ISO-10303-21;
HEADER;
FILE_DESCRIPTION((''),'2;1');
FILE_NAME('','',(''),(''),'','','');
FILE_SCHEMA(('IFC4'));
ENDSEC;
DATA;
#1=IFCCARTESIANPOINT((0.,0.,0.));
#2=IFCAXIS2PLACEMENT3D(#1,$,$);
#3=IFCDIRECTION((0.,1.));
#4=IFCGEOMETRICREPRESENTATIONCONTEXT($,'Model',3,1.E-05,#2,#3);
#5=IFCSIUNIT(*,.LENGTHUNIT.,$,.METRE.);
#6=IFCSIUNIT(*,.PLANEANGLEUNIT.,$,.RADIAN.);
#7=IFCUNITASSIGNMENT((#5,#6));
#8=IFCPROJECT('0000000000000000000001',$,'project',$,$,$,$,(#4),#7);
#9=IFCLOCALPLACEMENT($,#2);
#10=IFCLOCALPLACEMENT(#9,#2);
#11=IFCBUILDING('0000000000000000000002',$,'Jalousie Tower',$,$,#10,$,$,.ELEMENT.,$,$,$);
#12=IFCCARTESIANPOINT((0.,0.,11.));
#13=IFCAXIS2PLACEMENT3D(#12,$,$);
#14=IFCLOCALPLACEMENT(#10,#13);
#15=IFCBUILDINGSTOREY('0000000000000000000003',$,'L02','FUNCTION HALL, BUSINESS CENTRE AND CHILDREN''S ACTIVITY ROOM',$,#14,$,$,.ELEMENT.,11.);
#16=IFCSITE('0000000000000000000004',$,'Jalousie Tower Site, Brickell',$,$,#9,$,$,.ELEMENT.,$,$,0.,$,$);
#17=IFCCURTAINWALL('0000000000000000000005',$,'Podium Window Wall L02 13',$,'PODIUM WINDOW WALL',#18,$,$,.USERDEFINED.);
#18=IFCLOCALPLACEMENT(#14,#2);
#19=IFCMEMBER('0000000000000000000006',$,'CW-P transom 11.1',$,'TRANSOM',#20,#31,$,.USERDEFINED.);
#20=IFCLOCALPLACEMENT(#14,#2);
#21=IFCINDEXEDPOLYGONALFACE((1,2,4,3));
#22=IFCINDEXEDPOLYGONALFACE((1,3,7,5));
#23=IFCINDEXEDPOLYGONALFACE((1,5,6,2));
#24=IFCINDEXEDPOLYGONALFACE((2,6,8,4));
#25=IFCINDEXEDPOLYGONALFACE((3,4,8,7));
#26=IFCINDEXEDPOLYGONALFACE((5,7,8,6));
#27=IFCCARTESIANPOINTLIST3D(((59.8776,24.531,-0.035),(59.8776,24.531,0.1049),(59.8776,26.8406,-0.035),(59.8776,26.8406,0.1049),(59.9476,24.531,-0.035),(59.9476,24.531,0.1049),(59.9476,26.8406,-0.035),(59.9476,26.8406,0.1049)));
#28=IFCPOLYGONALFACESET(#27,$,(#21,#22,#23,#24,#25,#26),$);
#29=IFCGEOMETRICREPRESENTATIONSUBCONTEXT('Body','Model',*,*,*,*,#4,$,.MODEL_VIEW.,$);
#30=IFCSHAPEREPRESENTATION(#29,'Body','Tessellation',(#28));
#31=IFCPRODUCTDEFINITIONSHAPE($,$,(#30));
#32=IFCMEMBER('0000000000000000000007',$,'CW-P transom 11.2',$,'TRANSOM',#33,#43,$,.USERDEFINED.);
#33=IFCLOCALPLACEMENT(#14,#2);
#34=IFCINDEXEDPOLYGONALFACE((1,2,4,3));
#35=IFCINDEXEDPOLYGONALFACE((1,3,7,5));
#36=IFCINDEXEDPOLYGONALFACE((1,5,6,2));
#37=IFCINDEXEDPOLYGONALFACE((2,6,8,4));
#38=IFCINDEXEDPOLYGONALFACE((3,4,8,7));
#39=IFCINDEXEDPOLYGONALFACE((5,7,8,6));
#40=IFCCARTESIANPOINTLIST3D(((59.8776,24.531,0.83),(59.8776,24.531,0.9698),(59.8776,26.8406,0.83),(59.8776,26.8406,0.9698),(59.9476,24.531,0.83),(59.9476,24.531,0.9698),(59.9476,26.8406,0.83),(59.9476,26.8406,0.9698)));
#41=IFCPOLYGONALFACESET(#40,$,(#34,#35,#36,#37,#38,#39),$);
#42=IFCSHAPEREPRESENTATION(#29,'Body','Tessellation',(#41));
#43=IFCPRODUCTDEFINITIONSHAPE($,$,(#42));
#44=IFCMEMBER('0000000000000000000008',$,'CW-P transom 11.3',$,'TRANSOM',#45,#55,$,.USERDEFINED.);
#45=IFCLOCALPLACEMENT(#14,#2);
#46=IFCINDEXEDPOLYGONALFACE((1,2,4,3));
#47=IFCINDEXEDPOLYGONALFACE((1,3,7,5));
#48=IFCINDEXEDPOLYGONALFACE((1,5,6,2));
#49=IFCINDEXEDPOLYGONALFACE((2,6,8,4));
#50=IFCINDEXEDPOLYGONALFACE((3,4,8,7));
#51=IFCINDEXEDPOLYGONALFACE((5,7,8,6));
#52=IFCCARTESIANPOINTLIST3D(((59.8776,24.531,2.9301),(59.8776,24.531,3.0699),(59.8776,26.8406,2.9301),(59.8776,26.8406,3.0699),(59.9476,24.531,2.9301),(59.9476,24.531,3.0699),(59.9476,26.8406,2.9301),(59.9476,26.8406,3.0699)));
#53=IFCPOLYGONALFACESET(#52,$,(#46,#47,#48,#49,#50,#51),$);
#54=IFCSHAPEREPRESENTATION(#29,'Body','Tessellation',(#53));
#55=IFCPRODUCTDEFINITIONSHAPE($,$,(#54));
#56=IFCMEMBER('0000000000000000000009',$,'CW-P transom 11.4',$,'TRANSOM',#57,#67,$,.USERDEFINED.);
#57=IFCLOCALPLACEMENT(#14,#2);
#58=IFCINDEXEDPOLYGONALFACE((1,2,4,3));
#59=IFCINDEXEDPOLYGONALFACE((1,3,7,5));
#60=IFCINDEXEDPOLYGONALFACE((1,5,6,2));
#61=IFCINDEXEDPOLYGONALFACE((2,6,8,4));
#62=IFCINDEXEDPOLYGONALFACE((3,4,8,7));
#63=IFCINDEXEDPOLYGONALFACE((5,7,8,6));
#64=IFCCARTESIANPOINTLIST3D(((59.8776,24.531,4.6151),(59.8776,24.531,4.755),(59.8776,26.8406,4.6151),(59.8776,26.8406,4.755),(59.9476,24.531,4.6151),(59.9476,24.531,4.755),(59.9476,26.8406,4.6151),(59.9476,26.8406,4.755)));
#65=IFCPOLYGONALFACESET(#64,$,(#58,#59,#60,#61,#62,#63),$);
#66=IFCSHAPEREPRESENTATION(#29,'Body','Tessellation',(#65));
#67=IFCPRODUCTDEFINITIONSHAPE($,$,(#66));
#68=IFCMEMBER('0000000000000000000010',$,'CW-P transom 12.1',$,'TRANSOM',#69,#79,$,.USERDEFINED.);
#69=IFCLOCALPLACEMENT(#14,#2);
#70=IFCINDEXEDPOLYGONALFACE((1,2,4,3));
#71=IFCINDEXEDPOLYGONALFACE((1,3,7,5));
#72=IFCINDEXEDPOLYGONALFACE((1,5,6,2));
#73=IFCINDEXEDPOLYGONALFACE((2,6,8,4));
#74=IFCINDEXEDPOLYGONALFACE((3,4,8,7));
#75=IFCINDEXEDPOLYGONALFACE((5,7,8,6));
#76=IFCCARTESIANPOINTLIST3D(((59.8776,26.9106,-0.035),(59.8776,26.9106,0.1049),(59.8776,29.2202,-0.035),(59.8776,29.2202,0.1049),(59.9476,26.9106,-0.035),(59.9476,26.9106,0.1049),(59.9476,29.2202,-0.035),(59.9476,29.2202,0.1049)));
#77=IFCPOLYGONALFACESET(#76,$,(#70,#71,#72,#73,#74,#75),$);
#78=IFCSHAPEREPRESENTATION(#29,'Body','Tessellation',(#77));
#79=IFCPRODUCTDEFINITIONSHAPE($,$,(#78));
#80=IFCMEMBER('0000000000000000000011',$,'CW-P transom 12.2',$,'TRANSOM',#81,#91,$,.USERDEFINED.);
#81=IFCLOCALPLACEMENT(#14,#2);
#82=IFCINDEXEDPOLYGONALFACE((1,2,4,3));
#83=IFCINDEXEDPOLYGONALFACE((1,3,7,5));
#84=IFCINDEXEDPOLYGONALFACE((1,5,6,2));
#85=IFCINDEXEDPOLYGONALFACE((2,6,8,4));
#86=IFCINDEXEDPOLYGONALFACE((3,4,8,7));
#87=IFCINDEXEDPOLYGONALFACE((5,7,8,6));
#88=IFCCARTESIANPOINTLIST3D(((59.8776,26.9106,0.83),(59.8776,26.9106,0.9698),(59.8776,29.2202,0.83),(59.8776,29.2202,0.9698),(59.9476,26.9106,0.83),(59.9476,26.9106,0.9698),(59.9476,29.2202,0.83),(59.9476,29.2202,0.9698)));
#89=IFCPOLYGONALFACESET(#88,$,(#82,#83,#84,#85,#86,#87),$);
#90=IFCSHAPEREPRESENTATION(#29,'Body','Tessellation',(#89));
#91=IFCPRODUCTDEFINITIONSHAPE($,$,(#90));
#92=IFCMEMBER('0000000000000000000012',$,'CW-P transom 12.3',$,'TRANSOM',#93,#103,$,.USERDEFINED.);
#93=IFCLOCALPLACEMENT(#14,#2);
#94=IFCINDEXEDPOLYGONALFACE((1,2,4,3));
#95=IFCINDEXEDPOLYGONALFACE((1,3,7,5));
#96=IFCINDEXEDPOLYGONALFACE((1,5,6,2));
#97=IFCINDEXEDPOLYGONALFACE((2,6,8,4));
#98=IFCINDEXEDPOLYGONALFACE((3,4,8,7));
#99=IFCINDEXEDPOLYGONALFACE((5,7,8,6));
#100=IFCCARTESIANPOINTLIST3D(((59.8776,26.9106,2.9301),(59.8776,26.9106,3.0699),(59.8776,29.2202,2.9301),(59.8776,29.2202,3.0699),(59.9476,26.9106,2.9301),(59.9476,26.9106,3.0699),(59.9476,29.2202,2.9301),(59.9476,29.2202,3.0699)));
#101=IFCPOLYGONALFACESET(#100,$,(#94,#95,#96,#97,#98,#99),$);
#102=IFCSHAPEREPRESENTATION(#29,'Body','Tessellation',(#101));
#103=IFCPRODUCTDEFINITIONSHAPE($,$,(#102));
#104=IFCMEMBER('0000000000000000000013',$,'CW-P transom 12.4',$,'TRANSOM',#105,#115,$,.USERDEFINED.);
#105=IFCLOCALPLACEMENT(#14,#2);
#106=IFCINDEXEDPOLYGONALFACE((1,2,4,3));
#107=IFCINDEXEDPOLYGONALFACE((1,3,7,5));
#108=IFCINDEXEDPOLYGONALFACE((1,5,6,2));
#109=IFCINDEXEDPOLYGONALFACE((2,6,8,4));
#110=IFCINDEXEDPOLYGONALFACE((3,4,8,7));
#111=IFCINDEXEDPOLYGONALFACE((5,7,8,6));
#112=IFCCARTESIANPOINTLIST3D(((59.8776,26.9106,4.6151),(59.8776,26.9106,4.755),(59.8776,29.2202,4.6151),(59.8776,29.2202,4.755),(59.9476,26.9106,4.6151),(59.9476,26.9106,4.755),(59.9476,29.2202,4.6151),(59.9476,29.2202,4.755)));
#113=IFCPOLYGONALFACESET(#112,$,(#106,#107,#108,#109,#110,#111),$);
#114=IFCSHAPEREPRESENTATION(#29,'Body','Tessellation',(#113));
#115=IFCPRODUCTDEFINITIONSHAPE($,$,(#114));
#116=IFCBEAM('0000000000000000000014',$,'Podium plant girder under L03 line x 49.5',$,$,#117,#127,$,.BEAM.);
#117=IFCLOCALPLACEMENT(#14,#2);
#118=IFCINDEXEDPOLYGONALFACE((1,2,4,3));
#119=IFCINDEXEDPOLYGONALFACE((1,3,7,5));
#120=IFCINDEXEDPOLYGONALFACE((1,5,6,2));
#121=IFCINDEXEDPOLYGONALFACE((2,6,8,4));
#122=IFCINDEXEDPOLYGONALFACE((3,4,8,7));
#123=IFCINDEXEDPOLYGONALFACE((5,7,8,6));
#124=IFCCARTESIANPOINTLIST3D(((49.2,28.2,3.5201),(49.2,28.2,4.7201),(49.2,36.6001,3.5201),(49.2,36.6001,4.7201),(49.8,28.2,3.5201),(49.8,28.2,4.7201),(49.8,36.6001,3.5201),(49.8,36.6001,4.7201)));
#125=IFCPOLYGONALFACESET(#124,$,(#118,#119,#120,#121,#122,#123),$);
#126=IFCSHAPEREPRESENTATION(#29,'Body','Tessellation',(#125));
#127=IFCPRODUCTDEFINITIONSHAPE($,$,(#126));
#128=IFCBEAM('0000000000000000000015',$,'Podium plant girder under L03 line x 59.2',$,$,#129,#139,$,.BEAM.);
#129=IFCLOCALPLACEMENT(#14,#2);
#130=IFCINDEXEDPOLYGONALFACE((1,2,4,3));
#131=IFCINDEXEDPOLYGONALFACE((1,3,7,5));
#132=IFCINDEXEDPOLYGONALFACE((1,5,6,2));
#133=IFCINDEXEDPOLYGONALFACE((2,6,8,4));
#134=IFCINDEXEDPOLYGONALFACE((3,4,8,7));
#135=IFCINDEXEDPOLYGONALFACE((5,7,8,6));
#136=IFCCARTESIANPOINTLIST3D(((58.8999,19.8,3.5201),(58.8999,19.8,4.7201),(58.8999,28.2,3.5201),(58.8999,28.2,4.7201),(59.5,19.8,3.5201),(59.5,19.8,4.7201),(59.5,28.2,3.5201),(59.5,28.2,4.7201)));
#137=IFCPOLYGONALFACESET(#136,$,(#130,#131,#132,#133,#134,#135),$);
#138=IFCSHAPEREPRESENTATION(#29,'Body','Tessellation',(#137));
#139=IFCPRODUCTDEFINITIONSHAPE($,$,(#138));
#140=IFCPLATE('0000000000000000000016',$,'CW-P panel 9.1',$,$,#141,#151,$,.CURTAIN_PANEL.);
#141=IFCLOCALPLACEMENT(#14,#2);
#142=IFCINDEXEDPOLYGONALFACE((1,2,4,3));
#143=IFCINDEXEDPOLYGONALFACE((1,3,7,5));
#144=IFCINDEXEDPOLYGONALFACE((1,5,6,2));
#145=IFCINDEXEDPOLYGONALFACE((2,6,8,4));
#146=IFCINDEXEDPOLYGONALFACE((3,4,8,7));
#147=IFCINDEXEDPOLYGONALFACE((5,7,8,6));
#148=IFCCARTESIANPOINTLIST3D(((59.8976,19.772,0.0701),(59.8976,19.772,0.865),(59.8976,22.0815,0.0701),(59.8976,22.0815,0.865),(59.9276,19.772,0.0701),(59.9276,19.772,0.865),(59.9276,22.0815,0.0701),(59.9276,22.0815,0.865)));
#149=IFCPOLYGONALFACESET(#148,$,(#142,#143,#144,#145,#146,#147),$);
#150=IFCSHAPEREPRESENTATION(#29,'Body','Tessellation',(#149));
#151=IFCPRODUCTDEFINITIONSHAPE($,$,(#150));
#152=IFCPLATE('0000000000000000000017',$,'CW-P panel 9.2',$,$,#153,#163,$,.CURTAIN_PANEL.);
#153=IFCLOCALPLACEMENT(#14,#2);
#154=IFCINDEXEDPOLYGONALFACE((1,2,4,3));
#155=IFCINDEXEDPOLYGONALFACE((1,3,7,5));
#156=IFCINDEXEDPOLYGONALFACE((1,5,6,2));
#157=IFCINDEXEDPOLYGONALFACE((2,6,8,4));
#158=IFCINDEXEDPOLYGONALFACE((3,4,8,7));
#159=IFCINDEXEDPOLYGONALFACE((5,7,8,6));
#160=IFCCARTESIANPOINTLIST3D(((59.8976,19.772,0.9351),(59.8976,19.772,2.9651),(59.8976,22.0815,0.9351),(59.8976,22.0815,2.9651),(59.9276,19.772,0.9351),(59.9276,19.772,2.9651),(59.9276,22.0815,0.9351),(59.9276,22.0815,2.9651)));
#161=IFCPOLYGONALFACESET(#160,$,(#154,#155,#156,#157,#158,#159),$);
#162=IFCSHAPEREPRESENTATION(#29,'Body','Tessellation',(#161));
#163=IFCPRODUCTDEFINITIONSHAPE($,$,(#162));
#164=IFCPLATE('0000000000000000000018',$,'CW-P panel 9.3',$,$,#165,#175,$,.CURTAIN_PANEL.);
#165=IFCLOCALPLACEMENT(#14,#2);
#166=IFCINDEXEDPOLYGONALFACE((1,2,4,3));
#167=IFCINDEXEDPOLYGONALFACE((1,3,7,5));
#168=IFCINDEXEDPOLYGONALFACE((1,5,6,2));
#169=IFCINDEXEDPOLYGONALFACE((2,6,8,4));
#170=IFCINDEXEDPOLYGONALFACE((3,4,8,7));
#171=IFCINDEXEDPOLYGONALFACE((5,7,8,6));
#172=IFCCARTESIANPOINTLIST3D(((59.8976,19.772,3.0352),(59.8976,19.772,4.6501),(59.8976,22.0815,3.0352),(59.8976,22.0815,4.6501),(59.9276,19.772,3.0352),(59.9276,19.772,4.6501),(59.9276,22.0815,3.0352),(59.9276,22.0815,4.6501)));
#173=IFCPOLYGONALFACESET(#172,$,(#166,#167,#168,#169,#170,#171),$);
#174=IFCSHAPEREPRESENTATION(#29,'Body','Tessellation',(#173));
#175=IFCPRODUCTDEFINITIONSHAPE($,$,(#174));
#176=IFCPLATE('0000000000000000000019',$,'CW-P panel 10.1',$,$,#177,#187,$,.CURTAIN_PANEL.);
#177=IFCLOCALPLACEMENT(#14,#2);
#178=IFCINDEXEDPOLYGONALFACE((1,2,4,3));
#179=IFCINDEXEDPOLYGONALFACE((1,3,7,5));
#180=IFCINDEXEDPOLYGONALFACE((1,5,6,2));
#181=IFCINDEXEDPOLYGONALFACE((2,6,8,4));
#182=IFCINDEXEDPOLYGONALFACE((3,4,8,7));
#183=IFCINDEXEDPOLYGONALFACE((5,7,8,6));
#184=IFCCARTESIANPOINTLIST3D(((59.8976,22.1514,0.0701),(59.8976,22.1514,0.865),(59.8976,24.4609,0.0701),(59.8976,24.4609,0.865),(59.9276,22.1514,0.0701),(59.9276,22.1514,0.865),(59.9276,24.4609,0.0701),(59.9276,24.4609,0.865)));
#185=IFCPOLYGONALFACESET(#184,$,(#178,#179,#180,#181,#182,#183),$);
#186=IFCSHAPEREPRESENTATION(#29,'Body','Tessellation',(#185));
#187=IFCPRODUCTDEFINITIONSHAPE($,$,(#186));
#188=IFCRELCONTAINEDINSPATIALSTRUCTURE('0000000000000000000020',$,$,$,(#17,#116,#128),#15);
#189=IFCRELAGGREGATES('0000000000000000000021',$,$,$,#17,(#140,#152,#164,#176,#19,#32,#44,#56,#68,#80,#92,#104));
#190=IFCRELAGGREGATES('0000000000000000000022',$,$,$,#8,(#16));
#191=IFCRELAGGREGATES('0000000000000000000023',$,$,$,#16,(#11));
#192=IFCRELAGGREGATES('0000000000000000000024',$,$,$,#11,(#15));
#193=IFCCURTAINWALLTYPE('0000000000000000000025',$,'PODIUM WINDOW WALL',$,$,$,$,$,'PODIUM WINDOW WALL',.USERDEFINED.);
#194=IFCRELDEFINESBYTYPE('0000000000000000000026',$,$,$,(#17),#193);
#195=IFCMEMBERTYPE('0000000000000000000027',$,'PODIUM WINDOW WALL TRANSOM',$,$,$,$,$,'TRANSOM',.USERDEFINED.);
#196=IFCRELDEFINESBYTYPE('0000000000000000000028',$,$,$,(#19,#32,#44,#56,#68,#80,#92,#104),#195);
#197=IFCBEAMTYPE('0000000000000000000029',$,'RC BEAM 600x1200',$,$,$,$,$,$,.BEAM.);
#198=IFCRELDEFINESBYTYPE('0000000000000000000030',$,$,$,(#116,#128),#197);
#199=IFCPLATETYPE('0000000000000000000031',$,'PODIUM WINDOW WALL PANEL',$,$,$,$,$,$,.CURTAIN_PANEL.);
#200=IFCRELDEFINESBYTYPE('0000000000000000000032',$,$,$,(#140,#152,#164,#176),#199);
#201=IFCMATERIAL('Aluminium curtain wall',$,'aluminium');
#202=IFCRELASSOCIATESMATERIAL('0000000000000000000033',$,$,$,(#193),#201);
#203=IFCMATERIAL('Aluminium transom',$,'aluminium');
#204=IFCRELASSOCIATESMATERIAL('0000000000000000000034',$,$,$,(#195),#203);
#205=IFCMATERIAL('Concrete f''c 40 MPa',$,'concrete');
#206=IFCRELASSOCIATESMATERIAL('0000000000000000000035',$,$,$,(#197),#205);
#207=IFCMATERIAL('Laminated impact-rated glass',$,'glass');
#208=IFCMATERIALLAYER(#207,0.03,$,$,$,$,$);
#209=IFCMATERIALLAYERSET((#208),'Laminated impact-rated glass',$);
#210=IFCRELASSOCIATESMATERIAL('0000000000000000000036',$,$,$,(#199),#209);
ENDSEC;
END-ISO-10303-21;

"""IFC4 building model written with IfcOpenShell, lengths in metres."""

from ifc_helpers import new_model, si_unit, direction, frame, origin, origin_2d, place, context, subcontext, project, spatial, rectangle, extrude, material, layer, layer_set, material_profile, profile_set, type_object, element, aggregate, save


model = new_model("IFC4")

# Units and contexts
model_context = context("Model", 3, precision=1e-05, world=origin(), true_north=direction((0.0, 1.0)))
body_context = subcontext(model_context, "Body", "Model", "MODEL_VIEW")
ifc_project = project(units=[si_unit("LENGTHUNIT", "METRE"), si_unit("PLANEANGLEUNIT", "RADIAN")], contexts=[model_context])

# Site, building, storey
site_placement = place(None, origin())
site = spatial("IfcSite", under=ifc_project, at=site_placement, Name="Jalousie Tower Site, Brickell", CompositionType="ELEMENT", RefElevation=0.0)
building_placement = place(site_placement, origin())
building = spatial("IfcBuilding", under=site, at=building_placement, Name="Jalousie Tower", CompositionType="ELEMENT")
storey_placement = place(building_placement, frame((0.0, 0.0, 11.0)))
storey = spatial("IfcBuildingStorey", under=building, at=storey_placement, Name="L02", Description="FUNCTION HALL, BUSINESS CENTRE AND CHILDREN'S ACTIVITY ROOM", CompositionType="ELEMENT", Elevation=11.0)

# Curtain wall, members
ifc_material_1 = material(Name="Aluminium curtain wall", Category="aluminium")
curtain_wall_type = type_object("IfcCurtainWallType", Name="PODIUM WINDOW WALL", ElementType="PODIUM WINDOW WALL", PredefinedType="USERDEFINED", material=ifc_material_1)
curtain_wall_placement = place(storey_placement, origin())
curtain_wall = element("IfcCurtainWall", 1, at=curtain_wall_placement, inside=storey, type_object=curtain_wall_type, Name="Podium Window Wall L02 13", ObjectType="PODIUM WINDOW WALL", PredefinedType="USERDEFINED")
ifc_material_2 = material(Name="Aluminium transom", Category="aluminium")
ifc_material_profile_1 = material_profile(ifc_material_2, rectangle(XDim=0.0701, YDim=0.1399, at=origin_2d()), Name="TRANSOM 70x140")
ifc_profile_set_1 = profile_set([ifc_material_profile_1], Name="Aluminium transom")
member_type_1 = type_object("IfcMemberType", Name="PODIUM WINDOW WALL TRANSOM", ElementType="TRANSOM", PredefinedType="USERDEFINED", material=ifc_profile_set_1)
member_1_placement = place(storey_placement, frame((59.9126, 24.531, 0.0349), z_axis=(0.0, 1.0, 0.0), x_axis=(-1.0, 0.0, 0.0)))
member_1 = element("IfcMember", 2, at=member_1_placement, type_object=member_type_1, Name="CW-P transom 11.1", ObjectType="TRANSOM", PredefinedType="USERDEFINED", context=body_context, shape_type="SweptSolid", body=[
    extrude(rectangle(XDim=0.0701, YDim=0.1399, at=origin_2d()), origin(), (0.0, 0.0, 1.0), 2.3096),
])
member_2_placement = place(storey_placement, frame((59.9126, 24.531, 0.8999), z_axis=(0.0, 1.0, 0.0), x_axis=(-1.0, 0.0, 0.0)))
member_2 = element("IfcMember", 3, at=member_2_placement, type_object=member_type_1, Name="CW-P transom 11.2", ObjectType="TRANSOM", PredefinedType="USERDEFINED", context=body_context, shape_type="SweptSolid", body=[
    extrude(rectangle(XDim=0.0701, YDim=0.1399, at=origin_2d()), origin(), (0.0, 0.0, 1.0), 2.3096),
])
member_3_placement = place(storey_placement, frame((59.9126, 24.531, 3.0), z_axis=(0.0, 1.0, 0.0), x_axis=(-1.0, 0.0, 0.0)))
member_3 = element("IfcMember", 4, at=member_3_placement, type_object=member_type_1, Name="CW-P transom 11.3", ObjectType="TRANSOM", PredefinedType="USERDEFINED", context=body_context, shape_type="SweptSolid", body=[
    extrude(rectangle(XDim=0.0701, YDim=0.1399, at=origin_2d()), origin(), (0.0, 0.0, 1.0), 2.3096),
])
member_4_placement = place(storey_placement, frame((59.9126, 24.531, 4.6851), z_axis=(0.0, 1.0, 0.0), x_axis=(-1.0, 0.0, 0.0)))
member_4 = element("IfcMember", 5, at=member_4_placement, type_object=member_type_1, Name="CW-P transom 11.4", ObjectType="TRANSOM", PredefinedType="USERDEFINED", context=body_context, shape_type="SweptSolid", body=[
    extrude(rectangle(XDim=0.0701, YDim=0.1399, at=origin_2d()), origin(), (0.0, 0.0, 1.0), 2.3096),
])
member_5_placement = place(storey_placement, frame((59.9126, 26.9106, 0.0349), z_axis=(0.0, 1.0, 0.0), x_axis=(-1.0, 0.0, 0.0)))
member_5 = element("IfcMember", 6, at=member_5_placement, type_object=member_type_1, Name="CW-P transom 12.1", ObjectType="TRANSOM", PredefinedType="USERDEFINED", context=body_context, shape_type="SweptSolid", body=[
    extrude(rectangle(XDim=0.0701, YDim=0.1399, at=origin_2d()), origin(), (0.0, 0.0, 1.0), 2.3096),
])
member_6_placement = place(storey_placement, frame((59.9126, 26.9106, 0.8999), z_axis=(0.0, 1.0, 0.0), x_axis=(-1.0, 0.0, 0.0)))
member_6 = element("IfcMember", 7, at=member_6_placement, type_object=member_type_1, Name="CW-P transom 12.2", ObjectType="TRANSOM", PredefinedType="USERDEFINED", context=body_context, shape_type="SweptSolid", body=[
    extrude(rectangle(XDim=0.0701, YDim=0.1399, at=origin_2d()), origin(), (0.0, 0.0, 1.0), 2.3096),
])
member_7_placement = place(storey_placement, frame((59.9126, 26.9106, 3.0), z_axis=(0.0, 1.0, 0.0), x_axis=(-1.0, 0.0, 0.0)))
member_7 = element("IfcMember", 8, at=member_7_placement, type_object=member_type_1, Name="CW-P transom 12.3", ObjectType="TRANSOM", PredefinedType="USERDEFINED", context=body_context, shape_type="SweptSolid", body=[
    extrude(rectangle(XDim=0.0701, YDim=0.1399, at=origin_2d()), origin(), (0.0, 0.0, 1.0), 2.3096),
])
member_8_placement = place(storey_placement, frame((59.9126, 26.9106, 4.6851), z_axis=(0.0, 1.0, 0.0), x_axis=(-1.0, 0.0, 0.0)))
member_8 = element("IfcMember", 9, at=member_8_placement, type_object=member_type_1, Name="CW-P transom 12.4", ObjectType="TRANSOM", PredefinedType="USERDEFINED", context=body_context, shape_type="SweptSolid", body=[
    extrude(rectangle(XDim=0.0701, YDim=0.1399, at=origin_2d()), origin(), (0.0, 0.0, 1.0), 2.3096),
])

# Beams
ifc_material_3 = material(Name="Concrete f'c 40 MPa", Category="concrete")
ifc_material_profile_2 = material_profile(ifc_material_3, rectangle(XDim=0.6001, YDim=1.2, at=origin_2d()), Name="RC 600x1200")
ifc_profile_set_2 = profile_set([ifc_material_profile_2], Name="Concrete f'c 40 MPa")
beam_type_1 = type_object("IfcBeamType", Name="RC BEAM 600x1200", PredefinedType="BEAM", material=ifc_profile_set_2)
beam_1_placement = place(storey_placement, frame((49.5, 28.2, 4.1201), z_axis=(0.0, 1.0, 0.0), x_axis=(-1.0, 0.0, 0.0)))
element("IfcBeam", 10, at=beam_1_placement, inside=storey, type_object=beam_type_1, Name="Podium plant girder under L03 line x 49.5", PredefinedType="BEAM", context=body_context, shape_type="SweptSolid", body=[
    extrude(rectangle(XDim=0.6001, YDim=1.2, at=origin_2d()), origin(), (0.0, 0.0, 1.0), 8.4001),
])
beam_2_placement = place(storey_placement, frame((59.2, 19.8, 4.1201), z_axis=(0.0, 1.0, 0.0), x_axis=(-1.0, 0.0, 0.0)))
element("IfcBeam", 11, at=beam_2_placement, inside=storey, type_object=beam_type_1, Name="Podium plant girder under L03 line x 59.2", PredefinedType="BEAM", context=body_context, shape_type="SweptSolid", body=[
    extrude(rectangle(XDim=0.6001, YDim=1.2, at=origin_2d()), origin(), (0.0, 0.0, 1.0), 8.3999),
])

# Plates
ifc_material_4 = material(Name="Laminated impact-rated glass", Category="glass")
ifc_layer = layer(ifc_material_4, 0.03)
ifc_layer_set = layer_set([ifc_layer], Name="Laminated impact-rated glass")
plate_type = type_object("IfcPlateType", Name="PODIUM WINDOW WALL PANEL", PredefinedType="CURTAIN_PANEL", material=ifc_layer_set)
plate_1_placement = place(storey_placement, frame((59.9126, 20.9268, 0.0701), z_axis=(0.0, 0.0, 1.0), x_axis=(0.0, 1.0, 0.0)))
plate_1 = element("IfcPlate", 12, at=plate_1_placement, type_object=plate_type, Name="CW-P panel 9.1", PredefinedType="CURTAIN_PANEL", context=body_context, shape_type="SweptSolid", body=[
    extrude(rectangle(XDim=2.3096, YDim=0.03, at=origin_2d()), origin(), (0.0, 0.0, 1.0), 0.7949),
])
plate_2_placement = place(storey_placement, frame((59.9126, 20.9268, 0.9351), z_axis=(0.0, 0.0, 1.0), x_axis=(0.0, 1.0, 0.0)))
plate_2 = element("IfcPlate", 13, at=plate_2_placement, type_object=plate_type, Name="CW-P panel 9.2", PredefinedType="CURTAIN_PANEL", context=body_context, shape_type="SweptSolid", body=[
    extrude(rectangle(XDim=2.3096, YDim=0.03, at=origin_2d()), origin(), (0.0, 0.0, 1.0), 2.03),
])
plate_3_placement = place(storey_placement, frame((59.9126, 20.9268, 3.0352), z_axis=(0.0, 0.0, 1.0), x_axis=(0.0, 1.0, 0.0)))
plate_3 = element("IfcPlate", 14, at=plate_3_placement, type_object=plate_type, Name="CW-P panel 9.3", PredefinedType="CURTAIN_PANEL", context=body_context, shape_type="SweptSolid", body=[
    extrude(rectangle(XDim=2.3096, YDim=0.03, at=origin_2d()), origin(), (0.0, 0.0, 1.0), 1.615),
])
plate_4_placement = place(storey_placement, frame((59.9126, 23.3062, 0.0701), z_axis=(0.0, 0.0, 1.0), x_axis=(0.0, 1.0, 0.0)))
plate_4 = element("IfcPlate", 15, at=plate_4_placement, type_object=plate_type, Name="CW-P panel 10.1", PredefinedType="CURTAIN_PANEL", context=body_context, shape_type="SweptSolid", body=[
    extrude(rectangle(XDim=2.3096, YDim=0.03, at=origin_2d()), origin(), (0.0, 0.0, 1.0), 0.7949),
])
aggregate(curtain_wall, [plate_1, plate_2, plate_3, plate_4, member_1, member_2, member_3, member_4, member_5, member_6, member_7, member_8])

save(model, "model.ifc")
